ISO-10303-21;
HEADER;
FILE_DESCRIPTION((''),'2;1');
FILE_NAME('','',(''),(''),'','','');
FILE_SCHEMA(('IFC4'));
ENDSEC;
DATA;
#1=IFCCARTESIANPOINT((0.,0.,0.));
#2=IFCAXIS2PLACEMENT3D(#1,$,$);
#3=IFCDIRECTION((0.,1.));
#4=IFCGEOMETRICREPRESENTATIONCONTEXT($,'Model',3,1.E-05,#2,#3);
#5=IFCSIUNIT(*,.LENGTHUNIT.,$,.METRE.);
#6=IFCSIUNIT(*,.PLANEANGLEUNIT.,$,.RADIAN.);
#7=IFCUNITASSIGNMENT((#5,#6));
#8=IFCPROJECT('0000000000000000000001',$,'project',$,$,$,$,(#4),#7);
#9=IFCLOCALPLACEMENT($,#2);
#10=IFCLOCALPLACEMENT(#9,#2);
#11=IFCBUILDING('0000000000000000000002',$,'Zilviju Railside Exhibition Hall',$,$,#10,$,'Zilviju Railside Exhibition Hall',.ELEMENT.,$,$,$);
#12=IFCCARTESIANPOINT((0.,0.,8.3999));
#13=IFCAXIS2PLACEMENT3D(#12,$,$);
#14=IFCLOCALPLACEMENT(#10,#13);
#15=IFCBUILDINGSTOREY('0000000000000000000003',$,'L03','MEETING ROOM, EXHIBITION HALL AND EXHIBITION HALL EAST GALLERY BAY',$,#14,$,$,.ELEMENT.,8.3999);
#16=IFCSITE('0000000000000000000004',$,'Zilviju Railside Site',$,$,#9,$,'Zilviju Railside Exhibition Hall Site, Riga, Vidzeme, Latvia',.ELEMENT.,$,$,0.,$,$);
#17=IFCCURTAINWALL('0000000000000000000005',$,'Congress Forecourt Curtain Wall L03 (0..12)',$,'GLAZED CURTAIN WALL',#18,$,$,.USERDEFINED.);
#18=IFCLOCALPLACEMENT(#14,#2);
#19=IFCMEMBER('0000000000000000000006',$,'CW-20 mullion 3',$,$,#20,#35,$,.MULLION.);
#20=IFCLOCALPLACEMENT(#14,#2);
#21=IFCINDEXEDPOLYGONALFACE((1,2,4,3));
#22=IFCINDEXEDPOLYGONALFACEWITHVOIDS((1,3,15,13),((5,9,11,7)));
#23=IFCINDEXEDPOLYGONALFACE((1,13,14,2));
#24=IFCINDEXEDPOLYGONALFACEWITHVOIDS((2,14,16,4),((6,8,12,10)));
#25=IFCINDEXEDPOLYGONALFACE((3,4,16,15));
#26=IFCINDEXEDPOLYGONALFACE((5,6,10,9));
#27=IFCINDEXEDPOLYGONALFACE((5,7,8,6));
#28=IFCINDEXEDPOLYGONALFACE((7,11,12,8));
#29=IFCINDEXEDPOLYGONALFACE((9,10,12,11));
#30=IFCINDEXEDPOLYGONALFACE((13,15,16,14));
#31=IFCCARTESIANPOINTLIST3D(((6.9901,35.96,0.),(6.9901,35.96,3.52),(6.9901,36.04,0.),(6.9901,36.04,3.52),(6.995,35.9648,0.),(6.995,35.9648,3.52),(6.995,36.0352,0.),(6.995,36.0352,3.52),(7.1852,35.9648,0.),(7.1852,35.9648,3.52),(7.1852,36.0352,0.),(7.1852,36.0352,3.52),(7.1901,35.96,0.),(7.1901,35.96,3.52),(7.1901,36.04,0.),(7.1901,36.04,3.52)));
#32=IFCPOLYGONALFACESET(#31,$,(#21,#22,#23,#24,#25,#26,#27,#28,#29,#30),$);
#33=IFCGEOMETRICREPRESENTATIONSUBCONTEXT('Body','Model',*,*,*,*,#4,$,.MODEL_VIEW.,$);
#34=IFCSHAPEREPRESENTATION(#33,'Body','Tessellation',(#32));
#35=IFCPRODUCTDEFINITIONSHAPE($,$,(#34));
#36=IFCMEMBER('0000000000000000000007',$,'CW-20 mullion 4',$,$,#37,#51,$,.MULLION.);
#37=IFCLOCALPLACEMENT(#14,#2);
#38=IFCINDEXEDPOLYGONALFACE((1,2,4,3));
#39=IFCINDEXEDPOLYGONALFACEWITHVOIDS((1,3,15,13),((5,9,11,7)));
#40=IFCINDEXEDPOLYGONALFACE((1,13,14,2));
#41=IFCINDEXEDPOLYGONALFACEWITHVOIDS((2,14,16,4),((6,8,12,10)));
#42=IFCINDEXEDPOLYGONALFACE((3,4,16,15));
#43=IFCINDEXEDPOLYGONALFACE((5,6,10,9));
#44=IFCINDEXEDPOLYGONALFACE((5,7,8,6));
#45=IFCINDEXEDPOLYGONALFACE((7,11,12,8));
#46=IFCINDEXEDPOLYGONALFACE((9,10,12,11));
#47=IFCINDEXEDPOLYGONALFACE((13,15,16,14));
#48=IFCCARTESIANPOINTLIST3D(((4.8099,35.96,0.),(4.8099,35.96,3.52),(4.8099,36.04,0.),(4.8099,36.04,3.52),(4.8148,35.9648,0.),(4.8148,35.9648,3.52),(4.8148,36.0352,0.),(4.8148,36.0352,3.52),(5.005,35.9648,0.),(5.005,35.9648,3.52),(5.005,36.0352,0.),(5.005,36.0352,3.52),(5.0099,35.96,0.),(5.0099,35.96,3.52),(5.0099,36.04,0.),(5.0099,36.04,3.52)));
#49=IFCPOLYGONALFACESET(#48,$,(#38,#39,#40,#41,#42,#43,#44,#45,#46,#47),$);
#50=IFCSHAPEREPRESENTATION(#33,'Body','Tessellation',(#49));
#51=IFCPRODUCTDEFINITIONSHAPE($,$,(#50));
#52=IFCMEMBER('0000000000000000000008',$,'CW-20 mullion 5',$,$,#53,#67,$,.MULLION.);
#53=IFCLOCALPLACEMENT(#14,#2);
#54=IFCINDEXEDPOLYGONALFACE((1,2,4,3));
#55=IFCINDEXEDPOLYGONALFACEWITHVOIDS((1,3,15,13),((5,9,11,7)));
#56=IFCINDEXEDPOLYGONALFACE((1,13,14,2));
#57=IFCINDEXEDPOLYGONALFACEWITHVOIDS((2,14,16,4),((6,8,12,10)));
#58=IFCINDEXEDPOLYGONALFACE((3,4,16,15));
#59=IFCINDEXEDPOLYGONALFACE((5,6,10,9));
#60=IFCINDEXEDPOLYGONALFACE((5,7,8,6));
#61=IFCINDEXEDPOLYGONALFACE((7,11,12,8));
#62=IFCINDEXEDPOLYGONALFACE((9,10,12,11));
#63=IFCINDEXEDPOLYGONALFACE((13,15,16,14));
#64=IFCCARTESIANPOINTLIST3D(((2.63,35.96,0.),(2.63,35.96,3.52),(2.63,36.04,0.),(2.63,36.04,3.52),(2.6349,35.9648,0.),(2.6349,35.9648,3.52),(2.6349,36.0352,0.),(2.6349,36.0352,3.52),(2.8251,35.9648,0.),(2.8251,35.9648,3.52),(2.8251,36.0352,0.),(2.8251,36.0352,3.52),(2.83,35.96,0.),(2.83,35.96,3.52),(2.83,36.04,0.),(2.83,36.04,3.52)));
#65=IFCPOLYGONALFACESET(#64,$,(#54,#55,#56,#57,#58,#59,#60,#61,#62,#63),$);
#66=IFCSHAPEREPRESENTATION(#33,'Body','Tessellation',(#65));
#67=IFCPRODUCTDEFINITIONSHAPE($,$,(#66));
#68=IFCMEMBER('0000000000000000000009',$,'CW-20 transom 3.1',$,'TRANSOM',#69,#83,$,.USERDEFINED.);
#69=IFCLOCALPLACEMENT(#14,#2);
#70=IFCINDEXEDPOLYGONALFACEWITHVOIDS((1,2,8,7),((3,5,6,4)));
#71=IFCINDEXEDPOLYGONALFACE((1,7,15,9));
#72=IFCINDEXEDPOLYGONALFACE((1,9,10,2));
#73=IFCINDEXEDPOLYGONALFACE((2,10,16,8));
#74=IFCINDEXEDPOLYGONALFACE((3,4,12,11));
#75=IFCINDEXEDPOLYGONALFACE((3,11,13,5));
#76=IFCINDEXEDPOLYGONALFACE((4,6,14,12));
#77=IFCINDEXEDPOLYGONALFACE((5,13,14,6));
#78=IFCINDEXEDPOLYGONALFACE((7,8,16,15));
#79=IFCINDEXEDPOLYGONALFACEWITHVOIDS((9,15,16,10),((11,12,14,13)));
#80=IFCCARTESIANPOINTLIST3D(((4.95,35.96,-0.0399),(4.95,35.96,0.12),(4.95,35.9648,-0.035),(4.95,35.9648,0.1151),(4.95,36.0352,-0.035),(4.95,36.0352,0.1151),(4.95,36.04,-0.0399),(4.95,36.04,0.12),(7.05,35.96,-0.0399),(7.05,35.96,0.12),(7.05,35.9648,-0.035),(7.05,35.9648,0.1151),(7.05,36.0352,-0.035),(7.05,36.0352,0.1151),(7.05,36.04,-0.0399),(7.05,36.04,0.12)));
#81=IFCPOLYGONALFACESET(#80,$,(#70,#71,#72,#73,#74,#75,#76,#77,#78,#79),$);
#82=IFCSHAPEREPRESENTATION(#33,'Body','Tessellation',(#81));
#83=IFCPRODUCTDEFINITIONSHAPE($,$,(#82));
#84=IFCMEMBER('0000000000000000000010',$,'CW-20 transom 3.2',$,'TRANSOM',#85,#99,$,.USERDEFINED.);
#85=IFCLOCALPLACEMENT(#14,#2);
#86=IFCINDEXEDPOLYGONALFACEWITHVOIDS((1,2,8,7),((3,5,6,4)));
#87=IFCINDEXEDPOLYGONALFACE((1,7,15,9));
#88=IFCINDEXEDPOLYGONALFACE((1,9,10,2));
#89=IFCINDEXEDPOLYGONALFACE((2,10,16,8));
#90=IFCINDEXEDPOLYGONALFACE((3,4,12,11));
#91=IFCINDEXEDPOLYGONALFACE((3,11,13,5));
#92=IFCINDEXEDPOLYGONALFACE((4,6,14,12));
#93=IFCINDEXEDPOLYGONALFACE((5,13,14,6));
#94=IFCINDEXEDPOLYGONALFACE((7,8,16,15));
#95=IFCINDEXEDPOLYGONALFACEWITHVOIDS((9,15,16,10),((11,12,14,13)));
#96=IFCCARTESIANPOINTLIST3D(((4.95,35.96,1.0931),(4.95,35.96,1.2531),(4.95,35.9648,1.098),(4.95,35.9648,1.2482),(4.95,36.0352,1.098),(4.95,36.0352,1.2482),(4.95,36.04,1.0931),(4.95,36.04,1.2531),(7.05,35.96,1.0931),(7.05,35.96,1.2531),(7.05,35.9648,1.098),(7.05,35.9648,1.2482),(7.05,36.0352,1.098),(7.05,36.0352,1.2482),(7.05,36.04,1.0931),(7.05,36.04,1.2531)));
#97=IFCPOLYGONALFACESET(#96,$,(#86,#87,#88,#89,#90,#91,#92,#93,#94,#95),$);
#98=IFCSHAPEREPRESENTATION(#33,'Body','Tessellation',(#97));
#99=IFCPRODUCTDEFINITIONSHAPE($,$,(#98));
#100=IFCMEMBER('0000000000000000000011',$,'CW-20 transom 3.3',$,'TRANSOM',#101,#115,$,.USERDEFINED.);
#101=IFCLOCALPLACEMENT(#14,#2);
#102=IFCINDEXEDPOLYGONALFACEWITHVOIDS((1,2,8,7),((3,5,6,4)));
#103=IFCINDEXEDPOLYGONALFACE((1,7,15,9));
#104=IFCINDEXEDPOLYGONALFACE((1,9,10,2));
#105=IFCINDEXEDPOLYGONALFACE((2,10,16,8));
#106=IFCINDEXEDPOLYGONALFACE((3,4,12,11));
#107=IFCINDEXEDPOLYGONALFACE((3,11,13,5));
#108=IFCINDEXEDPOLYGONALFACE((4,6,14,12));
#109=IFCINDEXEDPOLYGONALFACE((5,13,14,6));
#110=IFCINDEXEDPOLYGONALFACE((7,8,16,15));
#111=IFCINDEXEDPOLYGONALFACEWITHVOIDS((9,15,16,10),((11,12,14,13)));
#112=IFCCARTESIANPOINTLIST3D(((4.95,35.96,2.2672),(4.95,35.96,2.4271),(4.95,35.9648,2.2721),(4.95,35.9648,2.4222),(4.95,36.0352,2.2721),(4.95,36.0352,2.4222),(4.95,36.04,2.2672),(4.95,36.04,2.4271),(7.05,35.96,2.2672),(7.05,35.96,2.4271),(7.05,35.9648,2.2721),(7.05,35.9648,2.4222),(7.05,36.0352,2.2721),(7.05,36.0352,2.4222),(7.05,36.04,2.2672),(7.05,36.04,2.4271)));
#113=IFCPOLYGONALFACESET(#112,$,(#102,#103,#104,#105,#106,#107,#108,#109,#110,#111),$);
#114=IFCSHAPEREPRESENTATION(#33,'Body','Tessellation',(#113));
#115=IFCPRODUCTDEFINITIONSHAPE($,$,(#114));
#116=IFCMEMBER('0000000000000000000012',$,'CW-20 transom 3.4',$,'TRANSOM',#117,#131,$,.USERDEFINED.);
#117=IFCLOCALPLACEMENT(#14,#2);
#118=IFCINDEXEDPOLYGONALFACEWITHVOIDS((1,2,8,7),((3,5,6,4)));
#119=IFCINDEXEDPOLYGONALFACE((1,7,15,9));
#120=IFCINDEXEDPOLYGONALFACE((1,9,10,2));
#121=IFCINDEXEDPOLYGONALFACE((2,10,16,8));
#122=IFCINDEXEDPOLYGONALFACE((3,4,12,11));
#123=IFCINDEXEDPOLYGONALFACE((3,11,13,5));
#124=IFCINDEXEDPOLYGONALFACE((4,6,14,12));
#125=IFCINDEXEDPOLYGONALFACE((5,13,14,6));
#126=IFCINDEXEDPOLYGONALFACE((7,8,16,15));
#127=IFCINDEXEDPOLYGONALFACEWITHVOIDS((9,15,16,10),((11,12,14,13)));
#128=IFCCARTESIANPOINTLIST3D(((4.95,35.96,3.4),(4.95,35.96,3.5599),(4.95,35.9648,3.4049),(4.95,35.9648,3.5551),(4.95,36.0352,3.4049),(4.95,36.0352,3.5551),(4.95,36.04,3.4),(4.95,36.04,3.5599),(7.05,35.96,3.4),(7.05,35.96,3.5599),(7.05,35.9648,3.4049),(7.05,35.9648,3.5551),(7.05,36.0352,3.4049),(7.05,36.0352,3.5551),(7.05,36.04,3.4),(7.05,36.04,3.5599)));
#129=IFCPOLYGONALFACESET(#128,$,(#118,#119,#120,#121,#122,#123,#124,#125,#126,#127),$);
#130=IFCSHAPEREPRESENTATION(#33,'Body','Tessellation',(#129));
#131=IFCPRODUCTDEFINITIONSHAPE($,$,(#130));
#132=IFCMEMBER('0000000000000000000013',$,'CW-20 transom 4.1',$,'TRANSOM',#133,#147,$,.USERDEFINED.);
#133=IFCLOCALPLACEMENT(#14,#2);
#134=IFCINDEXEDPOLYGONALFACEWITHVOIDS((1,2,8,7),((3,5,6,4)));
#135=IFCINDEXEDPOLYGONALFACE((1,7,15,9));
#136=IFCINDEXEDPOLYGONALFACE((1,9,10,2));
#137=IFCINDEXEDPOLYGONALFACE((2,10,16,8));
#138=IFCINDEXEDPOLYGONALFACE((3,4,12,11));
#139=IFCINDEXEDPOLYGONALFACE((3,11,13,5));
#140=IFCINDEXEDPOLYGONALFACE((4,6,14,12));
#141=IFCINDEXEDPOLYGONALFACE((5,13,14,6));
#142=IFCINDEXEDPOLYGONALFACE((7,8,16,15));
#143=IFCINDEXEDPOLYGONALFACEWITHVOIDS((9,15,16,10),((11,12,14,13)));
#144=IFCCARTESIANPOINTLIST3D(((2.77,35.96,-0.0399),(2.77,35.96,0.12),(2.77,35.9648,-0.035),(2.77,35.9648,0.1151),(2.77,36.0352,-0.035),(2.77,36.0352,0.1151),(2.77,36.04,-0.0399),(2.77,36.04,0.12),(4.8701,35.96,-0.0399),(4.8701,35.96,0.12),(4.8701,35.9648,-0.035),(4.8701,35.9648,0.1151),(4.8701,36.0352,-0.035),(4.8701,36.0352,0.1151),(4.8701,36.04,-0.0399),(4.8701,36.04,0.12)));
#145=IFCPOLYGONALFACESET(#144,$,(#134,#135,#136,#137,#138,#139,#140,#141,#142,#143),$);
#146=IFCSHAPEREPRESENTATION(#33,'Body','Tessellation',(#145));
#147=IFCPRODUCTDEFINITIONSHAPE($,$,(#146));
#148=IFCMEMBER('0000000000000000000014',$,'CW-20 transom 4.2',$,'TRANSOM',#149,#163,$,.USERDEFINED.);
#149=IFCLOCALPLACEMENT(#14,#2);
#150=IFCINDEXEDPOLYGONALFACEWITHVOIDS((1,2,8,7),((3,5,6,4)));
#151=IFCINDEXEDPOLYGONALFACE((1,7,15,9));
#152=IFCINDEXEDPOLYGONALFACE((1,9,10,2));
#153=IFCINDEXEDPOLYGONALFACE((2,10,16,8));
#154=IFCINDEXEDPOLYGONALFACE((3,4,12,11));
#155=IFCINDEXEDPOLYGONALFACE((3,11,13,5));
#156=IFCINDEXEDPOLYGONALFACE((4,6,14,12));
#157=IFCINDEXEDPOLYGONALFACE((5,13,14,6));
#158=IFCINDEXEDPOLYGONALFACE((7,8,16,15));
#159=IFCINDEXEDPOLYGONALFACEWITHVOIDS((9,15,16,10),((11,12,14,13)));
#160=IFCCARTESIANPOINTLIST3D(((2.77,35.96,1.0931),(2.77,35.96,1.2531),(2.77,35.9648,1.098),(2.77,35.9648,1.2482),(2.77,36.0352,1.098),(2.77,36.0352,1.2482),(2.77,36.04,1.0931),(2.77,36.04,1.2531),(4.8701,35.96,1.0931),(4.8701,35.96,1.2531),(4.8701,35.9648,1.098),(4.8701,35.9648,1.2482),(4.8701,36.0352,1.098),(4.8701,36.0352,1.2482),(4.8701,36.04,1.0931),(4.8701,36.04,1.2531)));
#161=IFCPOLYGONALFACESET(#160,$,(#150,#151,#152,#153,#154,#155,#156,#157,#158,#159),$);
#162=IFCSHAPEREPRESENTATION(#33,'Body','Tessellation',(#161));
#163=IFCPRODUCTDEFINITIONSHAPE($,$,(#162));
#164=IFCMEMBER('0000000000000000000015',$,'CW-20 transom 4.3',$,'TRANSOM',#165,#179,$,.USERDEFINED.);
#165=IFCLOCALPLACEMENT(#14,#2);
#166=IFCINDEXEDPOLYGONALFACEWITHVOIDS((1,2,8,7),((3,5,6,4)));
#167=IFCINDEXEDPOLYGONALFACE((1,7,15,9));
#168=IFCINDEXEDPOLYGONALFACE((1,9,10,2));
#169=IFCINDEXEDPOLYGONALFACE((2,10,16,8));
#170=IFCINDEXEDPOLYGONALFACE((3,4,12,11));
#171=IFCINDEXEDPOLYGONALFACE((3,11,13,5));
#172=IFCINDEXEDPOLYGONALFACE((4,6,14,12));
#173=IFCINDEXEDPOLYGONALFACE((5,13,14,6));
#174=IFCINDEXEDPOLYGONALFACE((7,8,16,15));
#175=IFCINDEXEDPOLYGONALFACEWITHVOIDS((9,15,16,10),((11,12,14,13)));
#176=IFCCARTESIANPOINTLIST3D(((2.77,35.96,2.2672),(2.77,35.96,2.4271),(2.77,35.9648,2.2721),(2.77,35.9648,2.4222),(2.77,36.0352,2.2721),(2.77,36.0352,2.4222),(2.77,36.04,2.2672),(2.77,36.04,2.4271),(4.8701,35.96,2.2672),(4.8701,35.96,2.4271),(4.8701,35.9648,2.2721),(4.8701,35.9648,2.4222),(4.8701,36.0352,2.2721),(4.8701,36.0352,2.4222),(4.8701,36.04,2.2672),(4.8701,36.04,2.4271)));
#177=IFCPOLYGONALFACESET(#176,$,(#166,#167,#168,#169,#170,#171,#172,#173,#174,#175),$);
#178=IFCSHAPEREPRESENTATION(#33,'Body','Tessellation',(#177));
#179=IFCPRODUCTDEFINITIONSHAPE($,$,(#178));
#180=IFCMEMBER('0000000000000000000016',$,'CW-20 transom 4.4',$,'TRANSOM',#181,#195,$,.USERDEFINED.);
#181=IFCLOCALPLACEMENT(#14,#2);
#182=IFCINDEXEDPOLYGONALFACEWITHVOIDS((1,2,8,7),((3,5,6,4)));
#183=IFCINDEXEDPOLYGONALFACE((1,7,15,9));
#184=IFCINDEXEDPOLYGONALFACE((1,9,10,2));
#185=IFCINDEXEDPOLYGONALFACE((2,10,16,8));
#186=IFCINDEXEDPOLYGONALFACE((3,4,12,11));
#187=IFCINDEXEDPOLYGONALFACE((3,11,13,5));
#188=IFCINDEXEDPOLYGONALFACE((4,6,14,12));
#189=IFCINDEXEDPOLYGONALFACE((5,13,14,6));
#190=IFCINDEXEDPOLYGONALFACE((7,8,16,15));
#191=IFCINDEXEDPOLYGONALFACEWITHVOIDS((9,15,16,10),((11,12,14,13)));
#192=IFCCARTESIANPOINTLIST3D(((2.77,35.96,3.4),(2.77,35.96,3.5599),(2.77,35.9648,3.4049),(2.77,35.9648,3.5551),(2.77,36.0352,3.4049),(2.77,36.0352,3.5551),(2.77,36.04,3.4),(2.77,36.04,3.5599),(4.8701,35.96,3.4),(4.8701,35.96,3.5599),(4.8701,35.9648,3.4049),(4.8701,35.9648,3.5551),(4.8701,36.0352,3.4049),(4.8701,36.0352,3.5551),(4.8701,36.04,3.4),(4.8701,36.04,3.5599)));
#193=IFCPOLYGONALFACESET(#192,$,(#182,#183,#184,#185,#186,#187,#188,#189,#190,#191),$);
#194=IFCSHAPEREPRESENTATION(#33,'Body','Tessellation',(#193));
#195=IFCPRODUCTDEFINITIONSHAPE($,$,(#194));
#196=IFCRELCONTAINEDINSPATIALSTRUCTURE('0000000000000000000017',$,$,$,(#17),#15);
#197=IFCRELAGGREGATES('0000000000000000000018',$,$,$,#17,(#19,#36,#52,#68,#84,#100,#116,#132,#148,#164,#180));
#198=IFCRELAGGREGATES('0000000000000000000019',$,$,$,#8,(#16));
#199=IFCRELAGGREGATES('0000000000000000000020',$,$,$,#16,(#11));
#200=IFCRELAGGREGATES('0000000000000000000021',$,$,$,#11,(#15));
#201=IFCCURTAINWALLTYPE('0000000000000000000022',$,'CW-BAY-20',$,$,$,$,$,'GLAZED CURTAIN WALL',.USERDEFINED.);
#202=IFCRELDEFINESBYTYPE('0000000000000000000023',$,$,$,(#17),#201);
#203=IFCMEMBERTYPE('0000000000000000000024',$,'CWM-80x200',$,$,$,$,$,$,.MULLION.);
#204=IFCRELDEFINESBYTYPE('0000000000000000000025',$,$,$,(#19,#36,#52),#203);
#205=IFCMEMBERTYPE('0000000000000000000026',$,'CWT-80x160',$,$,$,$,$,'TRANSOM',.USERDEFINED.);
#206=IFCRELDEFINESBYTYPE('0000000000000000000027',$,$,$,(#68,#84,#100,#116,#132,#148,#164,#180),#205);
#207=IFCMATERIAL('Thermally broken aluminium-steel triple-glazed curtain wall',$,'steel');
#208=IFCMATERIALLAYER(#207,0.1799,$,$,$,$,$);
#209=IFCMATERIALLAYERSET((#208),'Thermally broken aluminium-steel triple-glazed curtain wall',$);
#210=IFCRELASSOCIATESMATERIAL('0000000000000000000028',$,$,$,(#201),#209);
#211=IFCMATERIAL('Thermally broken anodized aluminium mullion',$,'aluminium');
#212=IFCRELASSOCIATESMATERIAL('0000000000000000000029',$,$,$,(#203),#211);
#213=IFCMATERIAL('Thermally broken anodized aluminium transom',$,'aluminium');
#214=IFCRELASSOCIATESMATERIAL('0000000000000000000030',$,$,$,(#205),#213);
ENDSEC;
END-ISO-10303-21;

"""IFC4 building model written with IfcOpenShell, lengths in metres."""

from ifc_helpers import new_model, si_unit, direction, frame, origin, origin_2d, place, context, subcontext, project, spatial, hollow_rectangle, extrude, material, layer, layer_set, material_profile, profile_set, type_object, element, aggregate, save


model = new_model("IFC4")

# Units and contexts
model_context = context("Model", 3, precision=1e-05, world=origin(), true_north=direction((0.0, 1.0)))
body_context = subcontext(model_context, "Body", "Model", "MODEL_VIEW")
ifc_project = project(units=[si_unit("LENGTHUNIT", "METRE"), si_unit("PLANEANGLEUNIT", "RADIAN")], contexts=[model_context])

# Site, building, storey
site_placement = place(None, origin())
site = spatial("IfcSite", under=ifc_project, at=site_placement, Name="Zilviju Railside Site", LongName="Zilviju Railside Exhibition Hall Site, Riga, Vidzeme, Latvia", CompositionType="ELEMENT", RefElevation=0.0)
building_placement = place(site_placement, origin())
building = spatial("IfcBuilding", under=site, at=building_placement, Name="Zilviju Railside Exhibition Hall", LongName="Zilviju Railside Exhibition Hall", CompositionType="ELEMENT")
storey_placement = place(building_placement, frame((0.0, 0.0, 8.3999)))
storey = spatial("IfcBuildingStorey", under=building, at=storey_placement, Name="L03", Description="MEETING ROOM, EXHIBITION HALL AND EXHIBITION HALL EAST GALLERY BAY", CompositionType="ELEMENT", Elevation=8.3999)

# Curtain wall, members
ifc_material_1 = material(Name="Thermally broken aluminium-steel triple-glazed curtain wall", Category="steel")
ifc_layer_1 = layer(ifc_material_1, 0.1799)
ifc_layer_set_1 = layer_set([ifc_layer_1], Name="Thermally broken aluminium-steel triple-glazed curtain wall")
curtain_wall_type = type_object("IfcCurtainWallType", Name="CW-BAY-20", ElementType="GLAZED CURTAIN WALL", PredefinedType="USERDEFINED", material=ifc_layer_set_1)
curtain_wall_placement = place(storey_placement, origin())
curtain_wall = element("IfcCurtainWall", 1, at=curtain_wall_placement, inside=storey, type_object=curtain_wall_type, Name="Congress Forecourt Curtain Wall L03 (0..12)", ObjectType="GLAZED CURTAIN WALL", PredefinedType="USERDEFINED")
ifc_material_2 = material(Name="Thermally broken anodized aluminium mullion", Category="aluminium")
ifc_material_profile_1 = material_profile(ifc_material_2, hollow_rectangle(XDim=0.0801, YDim=0.2, WallThickness=0.0049, at=origin_2d()), Name="MULLION 200x80x5")
ifc_profile_set_1 = profile_set([ifc_material_profile_1], Name="Thermally broken anodized aluminium mullion")
member_type_1 = type_object("IfcMemberType", Name="CWM-80x200", PredefinedType="MULLION", material=ifc_profile_set_1)
member_1_placement = place(storey_placement, frame((7.0901, 36.0, 0.0), z_axis=(0.0, 0.0, 1.0), x_axis=(0.0, -1.0, 0.0)))
member_1 = element("IfcMember", 2, at=member_1_placement, type_object=member_type_1, Name="CW-20 mullion 3", PredefinedType="MULLION", context=body_context, shape_type="SweptSolid", body=[
    extrude(hollow_rectangle(XDim=0.0801, YDim=0.2, WallThickness=0.0049, at=origin_2d()), origin(), (0.0, 0.0, 1.0), 3.52),
])
member_2_placement = place(storey_placement, frame((4.9099, 36.0, 0.0), z_axis=(0.0, 0.0, 1.0), x_axis=(0.0, -1.0, 0.0)))
member_2 = element("IfcMember", 3, at=member_2_placement, type_object=member_type_1, Name="CW-20 mullion 4", PredefinedType="MULLION", context=body_context, shape_type="SweptSolid", body=[
    extrude(hollow_rectangle(XDim=0.0801, YDim=0.2, WallThickness=0.0049, at=origin_2d()), origin(), (0.0, 0.0, 1.0), 3.52),
])
member_3_placement = place(storey_placement, frame((2.73, 36.0, 0.0), z_axis=(0.0, 0.0, 1.0), x_axis=(0.0, -1.0, 0.0)))
member_3 = element("IfcMember", 4, at=member_3_placement, type_object=member_type_1, Name="CW-20 mullion 5", PredefinedType="MULLION", context=body_context, shape_type="SweptSolid", body=[
    extrude(hollow_rectangle(XDim=0.0801, YDim=0.2, WallThickness=0.0049, at=origin_2d()), origin(), (0.0, 0.0, 1.0), 3.52),
])
ifc_material_3 = material(Name="Thermally broken anodized aluminium transom", Category="aluminium")
ifc_material_profile_2 = material_profile(ifc_material_3, hollow_rectangle(XDim=0.0801, YDim=0.1599, WallThickness=0.0049, at=origin_2d()), Name="TRANSOM 160x80x5")
ifc_profile_set_2 = profile_set([ifc_material_profile_2], Name="Thermally broken anodized aluminium transom")
member_type_2 = type_object("IfcMemberType", Name="CWT-80x160", ElementType="TRANSOM", PredefinedType="USERDEFINED", material=ifc_profile_set_2)
member_4_placement = place(storey_placement, frame((7.05, 36.0, 0.04), z_axis=(-1.0, 0.0, 0.0), x_axis=(0.0, -1.0, 0.0)))
member_4 = element("IfcMember", 5, at=member_4_placement, type_object=member_type_2, Name="CW-20 transom 3.1", ObjectType="TRANSOM", PredefinedType="USERDEFINED", context=body_context, shape_type="SweptSolid", body=[
    extrude(hollow_rectangle(XDim=0.0801, YDim=0.1599, WallThickness=0.0049, at=origin_2d()), origin(), (0.0, 0.0, 1.0), 2.1001),
])
member_5_placement = place(storey_placement, frame((7.05, 36.0, 1.1731), z_axis=(-1.0, 0.0, 0.0), x_axis=(0.0, -1.0, 0.0)))
member_5 = element("IfcMember", 6, at=member_5_placement, type_object=member_type_2, Name="CW-20 transom 3.2", ObjectType="TRANSOM", PredefinedType="USERDEFINED", context=body_context, shape_type="SweptSolid", body=[
    extrude(hollow_rectangle(XDim=0.0801, YDim=0.1599, WallThickness=0.0049, at=origin_2d()), origin(), (0.0, 0.0, 1.0), 2.1001),
])
member_6_placement = place(storey_placement, frame((7.05, 36.0, 2.3472), z_axis=(-1.0, 0.0, 0.0), x_axis=(0.0, -1.0, 0.0)))
member_6 = element("IfcMember", 7, at=member_6_placement, type_object=member_type_2, Name="CW-20 transom 3.3", ObjectType="TRANSOM", PredefinedType="USERDEFINED", context=body_context, shape_type="SweptSolid", body=[
    extrude(hollow_rectangle(XDim=0.0801, YDim=0.1599, WallThickness=0.0049, at=origin_2d()), origin(), (0.0, 0.0, 1.0), 2.1001),
])
member_7_placement = place(storey_placement, frame((7.05, 36.0, 3.48), z_axis=(-1.0, 0.0, 0.0), x_axis=(0.0, -1.0, 0.0)))
member_7 = element("IfcMember", 8, at=member_7_placement, type_object=member_type_2, Name="CW-20 transom 3.4", ObjectType="TRANSOM", PredefinedType="USERDEFINED", context=body_context, shape_type="SweptSolid", body=[
    extrude(hollow_rectangle(XDim=0.0801, YDim=0.1599, WallThickness=0.0049, at=origin_2d()), origin(), (0.0, 0.0, 1.0), 2.1001),
])
member_8_placement = place(storey_placement, frame((4.8701, 36.0, 0.04), z_axis=(-1.0, 0.0, 0.0), x_axis=(0.0, -1.0, 0.0)))
member_8 = element("IfcMember", 9, at=member_8_placement, type_object=member_type_2, Name="CW-20 transom 4.1", ObjectType="TRANSOM", PredefinedType="USERDEFINED", context=body_context, shape_type="SweptSolid", body=[
    extrude(hollow_rectangle(XDim=0.0801, YDim=0.1599, WallThickness=0.0049, at=origin_2d()), origin(), (0.0, 0.0, 1.0), 2.1001),
])
member_9_placement = place(storey_placement, frame((4.8701, 36.0, 1.1731), z_axis=(-1.0, 0.0, 0.0), x_axis=(0.0, -1.0, 0.0)))
member_9 = element("IfcMember", 10, at=member_9_placement, type_object=member_type_2, Name="CW-20 transom 4.2", ObjectType="TRANSOM", PredefinedType="USERDEFINED", context=body_context, shape_type="SweptSolid", body=[
    extrude(hollow_rectangle(XDim=0.0801, YDim=0.1599, WallThickness=0.0049, at=origin_2d()), origin(), (0.0, 0.0, 1.0), 2.1001),
])
member_10_placement = place(storey_placement, frame((4.8701, 36.0, 2.3472), z_axis=(-1.0, 0.0, 0.0), x_axis=(0.0, -1.0, 0.0)))
member_10 = element("IfcMember", 11, at=member_10_placement, type_object=member_type_2, Name="CW-20 transom 4.3", ObjectType="TRANSOM", PredefinedType="USERDEFINED", context=body_context, shape_type="SweptSolid", body=[
    extrude(hollow_rectangle(XDim=0.0801, YDim=0.1599, WallThickness=0.0049, at=origin_2d()), origin(), (0.0, 0.0, 1.0), 2.1001),
])
member_11_placement = place(storey_placement, frame((4.8701, 36.0, 3.48), z_axis=(-1.0, 0.0, 0.0), x_axis=(0.0, -1.0, 0.0)))
member_11 = element("IfcMember", 12, at=member_11_placement, type_object=member_type_2, Name="CW-20 transom 4.4", ObjectType="TRANSOM", PredefinedType="USERDEFINED", context=body_context, shape_type="SweptSolid", body=[
    extrude(hollow_rectangle(XDim=0.0801, YDim=0.1599, WallThickness=0.0049, at=origin_2d()), origin(), (0.0, 0.0, 1.0), 2.1001),
])
aggregate(curtain_wall, [member_1, member_2, member_3, member_4, member_5, member_6, member_7, member_8, member_9, member_10, member_11])

save(model, "model.ifc")
